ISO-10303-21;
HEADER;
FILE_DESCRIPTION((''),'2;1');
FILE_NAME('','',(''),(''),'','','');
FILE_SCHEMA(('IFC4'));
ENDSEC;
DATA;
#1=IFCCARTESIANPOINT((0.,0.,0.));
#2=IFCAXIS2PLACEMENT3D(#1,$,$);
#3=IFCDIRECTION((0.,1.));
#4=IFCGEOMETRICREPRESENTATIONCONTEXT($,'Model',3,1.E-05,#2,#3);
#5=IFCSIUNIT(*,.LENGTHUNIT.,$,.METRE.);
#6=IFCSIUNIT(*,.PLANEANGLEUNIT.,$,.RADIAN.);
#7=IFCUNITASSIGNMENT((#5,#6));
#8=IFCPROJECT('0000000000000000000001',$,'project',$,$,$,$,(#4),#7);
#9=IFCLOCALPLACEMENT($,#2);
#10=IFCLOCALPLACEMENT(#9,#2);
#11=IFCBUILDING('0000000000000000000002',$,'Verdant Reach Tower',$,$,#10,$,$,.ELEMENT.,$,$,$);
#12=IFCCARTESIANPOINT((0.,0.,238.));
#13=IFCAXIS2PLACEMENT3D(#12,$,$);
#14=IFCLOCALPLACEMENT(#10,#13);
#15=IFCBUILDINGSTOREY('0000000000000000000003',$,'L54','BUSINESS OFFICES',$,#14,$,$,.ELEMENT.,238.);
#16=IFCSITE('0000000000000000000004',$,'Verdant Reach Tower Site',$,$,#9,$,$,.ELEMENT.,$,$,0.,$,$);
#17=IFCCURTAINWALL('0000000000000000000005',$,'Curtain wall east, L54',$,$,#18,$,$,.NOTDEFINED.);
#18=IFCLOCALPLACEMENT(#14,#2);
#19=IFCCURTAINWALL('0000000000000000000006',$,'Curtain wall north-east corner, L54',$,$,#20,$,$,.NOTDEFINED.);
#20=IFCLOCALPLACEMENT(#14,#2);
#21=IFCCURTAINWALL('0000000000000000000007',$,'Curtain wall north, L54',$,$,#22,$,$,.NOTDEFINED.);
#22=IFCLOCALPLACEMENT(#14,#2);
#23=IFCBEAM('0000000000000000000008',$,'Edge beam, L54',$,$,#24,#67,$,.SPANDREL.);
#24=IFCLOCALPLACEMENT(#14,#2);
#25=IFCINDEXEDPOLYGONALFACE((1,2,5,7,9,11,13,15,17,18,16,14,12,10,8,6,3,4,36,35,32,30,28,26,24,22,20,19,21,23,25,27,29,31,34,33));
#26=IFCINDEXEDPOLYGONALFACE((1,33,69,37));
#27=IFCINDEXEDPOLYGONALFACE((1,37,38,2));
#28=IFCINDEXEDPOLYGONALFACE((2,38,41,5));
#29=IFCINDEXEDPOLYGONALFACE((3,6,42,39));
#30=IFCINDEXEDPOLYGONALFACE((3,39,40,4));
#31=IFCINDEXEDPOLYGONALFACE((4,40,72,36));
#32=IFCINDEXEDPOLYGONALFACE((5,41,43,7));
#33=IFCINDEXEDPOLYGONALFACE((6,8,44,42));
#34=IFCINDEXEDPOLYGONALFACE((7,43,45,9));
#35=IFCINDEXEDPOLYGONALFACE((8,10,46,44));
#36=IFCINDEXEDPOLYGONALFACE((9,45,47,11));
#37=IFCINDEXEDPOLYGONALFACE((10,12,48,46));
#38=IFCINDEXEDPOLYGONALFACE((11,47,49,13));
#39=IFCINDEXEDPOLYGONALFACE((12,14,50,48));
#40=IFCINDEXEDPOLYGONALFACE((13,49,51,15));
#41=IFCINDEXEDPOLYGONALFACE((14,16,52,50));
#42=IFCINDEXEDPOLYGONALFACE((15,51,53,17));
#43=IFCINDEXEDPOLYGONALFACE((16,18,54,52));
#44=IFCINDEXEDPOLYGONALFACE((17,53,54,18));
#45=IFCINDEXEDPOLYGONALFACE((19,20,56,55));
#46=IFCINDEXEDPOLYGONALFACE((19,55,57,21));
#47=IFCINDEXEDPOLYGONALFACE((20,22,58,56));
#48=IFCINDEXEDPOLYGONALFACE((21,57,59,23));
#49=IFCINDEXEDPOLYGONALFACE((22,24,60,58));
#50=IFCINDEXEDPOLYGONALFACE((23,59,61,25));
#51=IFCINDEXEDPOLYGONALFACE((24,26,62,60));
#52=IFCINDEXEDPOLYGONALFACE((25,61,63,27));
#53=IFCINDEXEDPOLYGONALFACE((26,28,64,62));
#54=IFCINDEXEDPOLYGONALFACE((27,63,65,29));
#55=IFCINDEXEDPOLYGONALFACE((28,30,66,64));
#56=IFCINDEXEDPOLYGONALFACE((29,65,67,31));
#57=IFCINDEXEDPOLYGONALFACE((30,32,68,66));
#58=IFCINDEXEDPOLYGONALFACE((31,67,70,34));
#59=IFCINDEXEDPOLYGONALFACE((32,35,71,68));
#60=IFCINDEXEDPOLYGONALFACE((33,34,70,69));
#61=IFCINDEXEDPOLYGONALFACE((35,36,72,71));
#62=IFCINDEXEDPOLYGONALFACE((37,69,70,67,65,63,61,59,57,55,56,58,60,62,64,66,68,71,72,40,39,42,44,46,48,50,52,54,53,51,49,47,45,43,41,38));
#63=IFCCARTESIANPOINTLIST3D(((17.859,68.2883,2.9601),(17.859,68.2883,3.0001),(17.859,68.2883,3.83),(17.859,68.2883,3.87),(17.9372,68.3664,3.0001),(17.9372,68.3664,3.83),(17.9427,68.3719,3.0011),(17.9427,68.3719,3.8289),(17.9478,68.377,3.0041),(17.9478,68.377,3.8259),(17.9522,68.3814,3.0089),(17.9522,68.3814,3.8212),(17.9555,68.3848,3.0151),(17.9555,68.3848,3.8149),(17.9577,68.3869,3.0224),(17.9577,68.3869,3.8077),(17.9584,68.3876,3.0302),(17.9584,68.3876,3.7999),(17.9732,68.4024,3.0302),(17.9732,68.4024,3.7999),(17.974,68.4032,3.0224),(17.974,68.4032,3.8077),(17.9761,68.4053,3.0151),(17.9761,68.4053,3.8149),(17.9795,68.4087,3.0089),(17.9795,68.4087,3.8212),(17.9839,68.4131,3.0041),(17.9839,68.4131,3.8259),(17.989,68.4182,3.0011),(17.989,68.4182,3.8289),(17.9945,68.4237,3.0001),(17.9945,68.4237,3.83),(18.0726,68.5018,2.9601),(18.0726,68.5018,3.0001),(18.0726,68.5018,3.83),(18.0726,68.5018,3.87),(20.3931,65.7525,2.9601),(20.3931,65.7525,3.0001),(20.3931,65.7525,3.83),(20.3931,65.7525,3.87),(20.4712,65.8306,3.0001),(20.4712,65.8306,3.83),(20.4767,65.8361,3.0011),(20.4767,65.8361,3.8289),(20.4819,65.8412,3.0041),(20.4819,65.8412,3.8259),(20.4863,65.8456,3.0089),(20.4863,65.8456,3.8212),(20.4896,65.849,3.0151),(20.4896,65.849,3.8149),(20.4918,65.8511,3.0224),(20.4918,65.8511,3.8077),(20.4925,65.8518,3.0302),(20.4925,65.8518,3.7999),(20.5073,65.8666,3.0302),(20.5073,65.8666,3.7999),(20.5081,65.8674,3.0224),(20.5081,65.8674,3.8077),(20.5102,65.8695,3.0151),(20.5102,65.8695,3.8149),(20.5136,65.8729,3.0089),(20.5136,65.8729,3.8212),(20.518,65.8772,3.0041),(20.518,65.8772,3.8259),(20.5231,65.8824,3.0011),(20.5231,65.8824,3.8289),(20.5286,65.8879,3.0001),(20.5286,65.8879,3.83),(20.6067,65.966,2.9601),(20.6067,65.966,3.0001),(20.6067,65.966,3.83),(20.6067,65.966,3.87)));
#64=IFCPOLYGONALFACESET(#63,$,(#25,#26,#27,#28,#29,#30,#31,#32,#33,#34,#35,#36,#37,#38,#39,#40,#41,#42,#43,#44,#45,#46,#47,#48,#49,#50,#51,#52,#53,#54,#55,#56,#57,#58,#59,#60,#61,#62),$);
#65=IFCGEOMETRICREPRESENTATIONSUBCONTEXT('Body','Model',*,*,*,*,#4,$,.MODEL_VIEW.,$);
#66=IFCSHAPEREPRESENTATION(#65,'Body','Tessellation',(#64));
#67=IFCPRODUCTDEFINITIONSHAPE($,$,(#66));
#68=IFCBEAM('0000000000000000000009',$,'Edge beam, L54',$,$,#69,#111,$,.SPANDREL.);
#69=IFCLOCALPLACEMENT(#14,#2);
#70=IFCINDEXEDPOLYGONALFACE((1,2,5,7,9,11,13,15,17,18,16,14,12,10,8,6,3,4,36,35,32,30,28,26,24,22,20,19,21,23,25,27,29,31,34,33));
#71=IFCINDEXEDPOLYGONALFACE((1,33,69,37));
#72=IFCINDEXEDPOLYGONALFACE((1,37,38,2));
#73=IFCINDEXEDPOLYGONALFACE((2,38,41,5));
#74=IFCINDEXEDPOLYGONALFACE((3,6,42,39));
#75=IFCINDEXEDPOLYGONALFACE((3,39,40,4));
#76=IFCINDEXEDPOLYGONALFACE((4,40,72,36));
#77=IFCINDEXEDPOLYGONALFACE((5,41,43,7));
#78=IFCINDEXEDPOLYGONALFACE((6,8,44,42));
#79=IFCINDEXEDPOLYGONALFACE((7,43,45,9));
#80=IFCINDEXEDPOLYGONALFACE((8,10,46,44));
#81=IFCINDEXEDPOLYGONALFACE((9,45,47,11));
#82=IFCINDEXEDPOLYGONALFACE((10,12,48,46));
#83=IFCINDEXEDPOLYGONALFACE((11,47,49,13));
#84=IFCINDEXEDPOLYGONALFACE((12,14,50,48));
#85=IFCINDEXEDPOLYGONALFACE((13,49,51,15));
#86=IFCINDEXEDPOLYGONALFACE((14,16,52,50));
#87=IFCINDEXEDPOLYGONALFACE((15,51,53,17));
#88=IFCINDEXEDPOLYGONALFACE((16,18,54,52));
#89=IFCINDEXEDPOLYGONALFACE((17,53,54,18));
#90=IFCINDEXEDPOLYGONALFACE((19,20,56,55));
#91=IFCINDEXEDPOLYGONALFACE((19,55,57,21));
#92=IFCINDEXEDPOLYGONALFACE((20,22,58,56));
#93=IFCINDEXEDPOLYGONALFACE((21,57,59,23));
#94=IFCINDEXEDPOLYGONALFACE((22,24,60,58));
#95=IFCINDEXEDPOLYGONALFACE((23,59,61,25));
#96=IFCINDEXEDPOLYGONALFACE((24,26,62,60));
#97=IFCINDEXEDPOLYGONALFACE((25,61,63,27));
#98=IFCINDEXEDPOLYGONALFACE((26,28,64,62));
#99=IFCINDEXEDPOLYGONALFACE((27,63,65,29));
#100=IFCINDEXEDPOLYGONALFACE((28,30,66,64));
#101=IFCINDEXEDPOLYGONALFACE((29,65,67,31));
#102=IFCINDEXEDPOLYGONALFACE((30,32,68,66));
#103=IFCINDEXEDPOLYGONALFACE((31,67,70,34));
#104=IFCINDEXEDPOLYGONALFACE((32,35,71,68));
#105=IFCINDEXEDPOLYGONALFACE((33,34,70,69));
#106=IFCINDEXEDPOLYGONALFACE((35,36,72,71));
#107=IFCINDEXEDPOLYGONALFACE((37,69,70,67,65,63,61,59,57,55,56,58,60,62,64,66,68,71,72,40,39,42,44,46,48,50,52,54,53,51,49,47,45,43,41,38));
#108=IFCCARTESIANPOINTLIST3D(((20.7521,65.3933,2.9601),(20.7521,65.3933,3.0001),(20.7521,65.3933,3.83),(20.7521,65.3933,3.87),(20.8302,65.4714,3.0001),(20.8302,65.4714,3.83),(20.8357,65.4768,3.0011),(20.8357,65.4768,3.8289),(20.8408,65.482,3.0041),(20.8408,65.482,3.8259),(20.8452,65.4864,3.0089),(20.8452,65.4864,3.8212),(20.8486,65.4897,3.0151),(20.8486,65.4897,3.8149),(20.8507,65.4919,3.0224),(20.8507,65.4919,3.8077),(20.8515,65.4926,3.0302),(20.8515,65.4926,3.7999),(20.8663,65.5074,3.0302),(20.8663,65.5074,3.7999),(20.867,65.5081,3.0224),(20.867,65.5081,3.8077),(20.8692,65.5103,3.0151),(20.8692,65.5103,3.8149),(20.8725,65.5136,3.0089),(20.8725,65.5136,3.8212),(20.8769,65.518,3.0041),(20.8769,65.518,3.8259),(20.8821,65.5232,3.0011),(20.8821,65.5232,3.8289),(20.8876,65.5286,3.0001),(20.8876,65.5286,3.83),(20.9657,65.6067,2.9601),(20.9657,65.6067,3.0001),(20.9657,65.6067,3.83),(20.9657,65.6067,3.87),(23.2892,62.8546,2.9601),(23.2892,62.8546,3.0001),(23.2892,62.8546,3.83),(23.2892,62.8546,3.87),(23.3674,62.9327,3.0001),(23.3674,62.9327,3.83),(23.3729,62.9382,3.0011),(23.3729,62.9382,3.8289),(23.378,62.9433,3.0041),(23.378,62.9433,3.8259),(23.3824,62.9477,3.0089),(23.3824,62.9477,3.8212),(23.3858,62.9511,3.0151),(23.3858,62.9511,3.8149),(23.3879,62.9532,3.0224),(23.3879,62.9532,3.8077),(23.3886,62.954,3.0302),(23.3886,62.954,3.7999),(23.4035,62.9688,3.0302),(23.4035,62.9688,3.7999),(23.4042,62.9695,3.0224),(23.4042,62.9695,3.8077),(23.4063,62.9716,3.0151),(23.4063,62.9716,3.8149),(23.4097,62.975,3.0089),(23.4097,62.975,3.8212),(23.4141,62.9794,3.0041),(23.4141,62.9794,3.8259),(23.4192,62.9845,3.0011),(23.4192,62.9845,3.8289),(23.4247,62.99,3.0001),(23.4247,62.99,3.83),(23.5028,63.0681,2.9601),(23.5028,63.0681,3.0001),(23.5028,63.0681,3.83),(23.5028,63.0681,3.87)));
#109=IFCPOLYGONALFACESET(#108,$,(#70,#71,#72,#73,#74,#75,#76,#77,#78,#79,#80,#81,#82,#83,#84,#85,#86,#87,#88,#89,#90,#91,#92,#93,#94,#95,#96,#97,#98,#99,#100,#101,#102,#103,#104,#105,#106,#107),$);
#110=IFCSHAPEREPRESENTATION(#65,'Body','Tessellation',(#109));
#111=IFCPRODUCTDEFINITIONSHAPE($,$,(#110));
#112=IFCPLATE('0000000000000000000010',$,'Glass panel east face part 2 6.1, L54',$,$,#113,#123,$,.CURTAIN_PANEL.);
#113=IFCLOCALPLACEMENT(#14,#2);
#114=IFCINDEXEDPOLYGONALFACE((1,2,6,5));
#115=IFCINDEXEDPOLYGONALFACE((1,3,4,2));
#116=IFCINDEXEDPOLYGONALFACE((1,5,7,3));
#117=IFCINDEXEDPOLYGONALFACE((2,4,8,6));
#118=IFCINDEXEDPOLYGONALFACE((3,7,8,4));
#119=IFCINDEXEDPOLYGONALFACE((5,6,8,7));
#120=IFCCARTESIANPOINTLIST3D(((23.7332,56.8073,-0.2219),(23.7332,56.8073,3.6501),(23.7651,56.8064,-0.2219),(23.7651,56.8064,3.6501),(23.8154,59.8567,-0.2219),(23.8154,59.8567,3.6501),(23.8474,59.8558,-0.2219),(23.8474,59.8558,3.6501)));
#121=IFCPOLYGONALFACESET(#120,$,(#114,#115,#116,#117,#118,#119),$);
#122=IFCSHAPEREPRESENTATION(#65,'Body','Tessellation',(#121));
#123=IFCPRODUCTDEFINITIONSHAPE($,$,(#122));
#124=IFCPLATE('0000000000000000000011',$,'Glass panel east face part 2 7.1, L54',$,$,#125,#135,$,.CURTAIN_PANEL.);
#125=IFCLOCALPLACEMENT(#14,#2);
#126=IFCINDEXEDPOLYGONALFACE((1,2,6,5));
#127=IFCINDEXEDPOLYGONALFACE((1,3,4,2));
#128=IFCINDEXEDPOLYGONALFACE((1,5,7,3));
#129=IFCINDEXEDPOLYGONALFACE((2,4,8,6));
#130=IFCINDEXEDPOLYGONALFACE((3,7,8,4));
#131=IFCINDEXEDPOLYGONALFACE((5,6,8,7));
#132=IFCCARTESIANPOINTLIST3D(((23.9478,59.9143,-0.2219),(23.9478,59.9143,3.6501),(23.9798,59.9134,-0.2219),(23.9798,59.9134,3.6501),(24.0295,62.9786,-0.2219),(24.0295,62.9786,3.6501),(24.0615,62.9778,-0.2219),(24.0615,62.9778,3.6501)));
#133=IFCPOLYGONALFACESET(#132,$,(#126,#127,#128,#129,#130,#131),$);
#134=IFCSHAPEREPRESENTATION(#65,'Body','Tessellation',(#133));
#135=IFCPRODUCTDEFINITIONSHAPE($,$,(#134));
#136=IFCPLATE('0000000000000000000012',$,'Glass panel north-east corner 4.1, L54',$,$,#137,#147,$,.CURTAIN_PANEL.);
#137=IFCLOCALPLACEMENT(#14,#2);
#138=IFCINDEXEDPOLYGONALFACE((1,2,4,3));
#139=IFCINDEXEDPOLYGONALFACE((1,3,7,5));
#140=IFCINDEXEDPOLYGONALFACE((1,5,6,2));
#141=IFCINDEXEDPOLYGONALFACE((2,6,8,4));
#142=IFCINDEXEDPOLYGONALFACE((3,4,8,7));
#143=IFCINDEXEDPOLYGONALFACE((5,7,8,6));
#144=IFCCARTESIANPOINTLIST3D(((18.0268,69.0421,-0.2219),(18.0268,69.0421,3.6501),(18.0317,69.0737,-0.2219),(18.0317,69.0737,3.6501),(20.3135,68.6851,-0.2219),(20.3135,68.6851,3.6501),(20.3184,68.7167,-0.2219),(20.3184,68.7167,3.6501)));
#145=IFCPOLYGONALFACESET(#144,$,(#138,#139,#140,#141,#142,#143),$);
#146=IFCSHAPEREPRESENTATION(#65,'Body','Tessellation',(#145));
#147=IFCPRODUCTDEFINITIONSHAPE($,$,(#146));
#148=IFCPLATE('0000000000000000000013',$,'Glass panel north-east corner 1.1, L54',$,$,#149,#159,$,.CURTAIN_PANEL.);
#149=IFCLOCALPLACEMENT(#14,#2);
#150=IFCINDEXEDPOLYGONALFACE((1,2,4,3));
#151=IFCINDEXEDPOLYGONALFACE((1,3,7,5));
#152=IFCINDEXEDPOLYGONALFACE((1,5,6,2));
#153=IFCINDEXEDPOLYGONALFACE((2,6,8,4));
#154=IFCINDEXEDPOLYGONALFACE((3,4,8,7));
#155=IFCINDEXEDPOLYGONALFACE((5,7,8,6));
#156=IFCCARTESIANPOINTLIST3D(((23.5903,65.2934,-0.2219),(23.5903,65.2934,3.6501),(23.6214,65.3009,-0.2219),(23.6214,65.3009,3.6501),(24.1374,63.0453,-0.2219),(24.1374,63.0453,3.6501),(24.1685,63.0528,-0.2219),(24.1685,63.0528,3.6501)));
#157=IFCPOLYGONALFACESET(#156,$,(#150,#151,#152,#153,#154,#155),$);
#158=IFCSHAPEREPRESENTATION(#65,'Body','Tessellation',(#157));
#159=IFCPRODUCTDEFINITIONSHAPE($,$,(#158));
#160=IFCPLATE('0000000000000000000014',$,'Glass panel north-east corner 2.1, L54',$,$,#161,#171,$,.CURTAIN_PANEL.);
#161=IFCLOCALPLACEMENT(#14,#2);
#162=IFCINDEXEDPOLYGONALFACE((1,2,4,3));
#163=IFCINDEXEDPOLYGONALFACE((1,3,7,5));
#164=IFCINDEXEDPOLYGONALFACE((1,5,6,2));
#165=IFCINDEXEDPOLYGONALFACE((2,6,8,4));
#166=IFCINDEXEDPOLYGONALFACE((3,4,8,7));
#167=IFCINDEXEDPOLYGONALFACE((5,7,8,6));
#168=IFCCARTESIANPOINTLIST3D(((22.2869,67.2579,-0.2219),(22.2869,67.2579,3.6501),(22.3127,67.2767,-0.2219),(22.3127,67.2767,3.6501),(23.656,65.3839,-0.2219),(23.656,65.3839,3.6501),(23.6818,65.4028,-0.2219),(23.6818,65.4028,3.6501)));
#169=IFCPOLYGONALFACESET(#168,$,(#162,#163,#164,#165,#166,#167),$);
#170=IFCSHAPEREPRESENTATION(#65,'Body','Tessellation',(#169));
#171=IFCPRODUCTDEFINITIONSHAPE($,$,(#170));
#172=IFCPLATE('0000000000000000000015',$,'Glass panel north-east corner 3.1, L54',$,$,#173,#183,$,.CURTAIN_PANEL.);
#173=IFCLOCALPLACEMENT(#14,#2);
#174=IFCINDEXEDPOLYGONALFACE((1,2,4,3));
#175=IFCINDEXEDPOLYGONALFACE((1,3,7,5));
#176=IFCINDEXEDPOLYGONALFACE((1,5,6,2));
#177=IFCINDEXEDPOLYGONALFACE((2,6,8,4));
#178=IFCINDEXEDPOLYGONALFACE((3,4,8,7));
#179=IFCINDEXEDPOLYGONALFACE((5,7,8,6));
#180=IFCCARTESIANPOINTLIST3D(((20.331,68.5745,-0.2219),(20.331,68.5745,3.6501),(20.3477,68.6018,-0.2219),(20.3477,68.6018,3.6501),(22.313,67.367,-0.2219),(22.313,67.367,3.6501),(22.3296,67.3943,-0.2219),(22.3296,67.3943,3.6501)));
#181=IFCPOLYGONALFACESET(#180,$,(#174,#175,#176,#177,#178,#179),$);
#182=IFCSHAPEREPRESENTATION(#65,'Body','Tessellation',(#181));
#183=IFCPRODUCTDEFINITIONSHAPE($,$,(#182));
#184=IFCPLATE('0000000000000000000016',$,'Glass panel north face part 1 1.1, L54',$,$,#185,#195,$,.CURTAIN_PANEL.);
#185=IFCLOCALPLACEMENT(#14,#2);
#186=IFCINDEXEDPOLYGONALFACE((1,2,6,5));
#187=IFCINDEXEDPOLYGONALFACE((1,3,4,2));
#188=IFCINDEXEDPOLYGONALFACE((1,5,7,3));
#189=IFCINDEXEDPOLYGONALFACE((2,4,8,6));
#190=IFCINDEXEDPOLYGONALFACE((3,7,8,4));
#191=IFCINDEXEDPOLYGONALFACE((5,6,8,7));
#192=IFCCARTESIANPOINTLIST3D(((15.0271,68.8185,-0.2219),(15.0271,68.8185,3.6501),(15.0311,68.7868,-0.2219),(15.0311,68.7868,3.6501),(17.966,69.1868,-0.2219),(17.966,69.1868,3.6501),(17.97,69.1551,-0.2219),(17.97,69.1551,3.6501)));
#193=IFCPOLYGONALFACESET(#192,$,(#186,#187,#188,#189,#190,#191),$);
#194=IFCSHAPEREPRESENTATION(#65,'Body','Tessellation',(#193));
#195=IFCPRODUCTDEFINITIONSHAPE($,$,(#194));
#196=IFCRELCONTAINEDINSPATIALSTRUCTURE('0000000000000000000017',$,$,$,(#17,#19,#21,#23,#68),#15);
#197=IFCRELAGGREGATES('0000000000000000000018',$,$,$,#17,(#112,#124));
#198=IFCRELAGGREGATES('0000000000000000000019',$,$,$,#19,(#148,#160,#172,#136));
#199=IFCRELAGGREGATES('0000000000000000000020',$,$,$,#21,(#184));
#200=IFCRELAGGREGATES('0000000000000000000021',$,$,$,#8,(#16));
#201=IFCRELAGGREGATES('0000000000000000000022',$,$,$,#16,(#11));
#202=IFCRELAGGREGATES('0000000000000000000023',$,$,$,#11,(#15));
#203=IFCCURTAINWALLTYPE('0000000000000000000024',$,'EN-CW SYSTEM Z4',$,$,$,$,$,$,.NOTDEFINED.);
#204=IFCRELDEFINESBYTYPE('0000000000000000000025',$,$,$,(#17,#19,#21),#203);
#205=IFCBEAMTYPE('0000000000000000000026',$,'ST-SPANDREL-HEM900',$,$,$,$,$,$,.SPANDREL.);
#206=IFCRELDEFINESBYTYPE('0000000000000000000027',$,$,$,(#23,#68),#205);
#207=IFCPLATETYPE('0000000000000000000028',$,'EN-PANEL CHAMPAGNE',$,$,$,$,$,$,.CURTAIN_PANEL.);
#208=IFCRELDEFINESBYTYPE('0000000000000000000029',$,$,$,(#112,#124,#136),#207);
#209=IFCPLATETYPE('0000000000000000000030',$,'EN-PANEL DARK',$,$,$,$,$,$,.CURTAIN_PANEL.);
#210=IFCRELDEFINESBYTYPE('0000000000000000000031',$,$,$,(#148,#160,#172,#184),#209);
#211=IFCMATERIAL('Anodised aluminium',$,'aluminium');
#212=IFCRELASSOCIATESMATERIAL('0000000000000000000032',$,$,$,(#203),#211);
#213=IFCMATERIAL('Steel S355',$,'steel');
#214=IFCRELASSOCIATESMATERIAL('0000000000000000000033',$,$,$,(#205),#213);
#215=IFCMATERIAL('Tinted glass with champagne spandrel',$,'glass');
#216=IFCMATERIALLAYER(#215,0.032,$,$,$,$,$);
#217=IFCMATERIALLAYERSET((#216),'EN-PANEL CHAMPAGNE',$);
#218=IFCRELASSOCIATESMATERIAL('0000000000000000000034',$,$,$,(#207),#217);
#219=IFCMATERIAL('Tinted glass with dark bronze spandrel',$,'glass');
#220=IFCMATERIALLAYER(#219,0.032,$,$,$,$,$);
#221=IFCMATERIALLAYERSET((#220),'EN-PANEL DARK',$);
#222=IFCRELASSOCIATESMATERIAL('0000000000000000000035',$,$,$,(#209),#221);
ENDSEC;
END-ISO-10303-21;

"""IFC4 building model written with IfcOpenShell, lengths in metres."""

from ifc_helpers import new_model, si_unit, direction, frame, origin, origin_2d, place, context, subcontext, project, spatial, rectangle, i_section, extrude, material, layer, layer_set, material_profile, profile_set, type_object, element, aggregate, save


model = new_model("IFC4")

# Units and contexts
model_context = context("Model", 3, precision=1e-05, world=origin(), true_north=direction((0.0, 1.0)))
body_context = subcontext(model_context, "Body", "Model", "MODEL_VIEW")
ifc_project = project(units=[si_unit("LENGTHUNIT", "METRE"), si_unit("PLANEANGLEUNIT", "RADIAN")], contexts=[model_context])

# Site, building, storey
site_placement = place(None, origin())
site = spatial("IfcSite", under=ifc_project, at=site_placement, Name="Verdant Reach Tower Site", CompositionType="ELEMENT", RefElevation=0.0)
building_placement = place(site_placement, origin())
building = spatial("IfcBuilding", under=site, at=building_placement, Name="Verdant Reach Tower", CompositionType="ELEMENT")
storey_placement = place(building_placement, frame((0.0, 0.0, 238.0)))
storey = spatial("IfcBuildingStorey", under=building, at=storey_placement, Name="L54", Description="BUSINESS OFFICES", CompositionType="ELEMENT", Elevation=238.0)

# Curtain walls
ifc_material_1 = material(Name="Anodised aluminium", Category="aluminium")
curtain_wall_type = type_object("IfcCurtainWallType", Name="EN-CW SYSTEM Z4", PredefinedType="NOTDEFINED", material=ifc_material_1)
curtain_wall_1_placement = place(storey_placement, origin())
curtain_wall_1 = element("IfcCurtainWall", 1, at=curtain_wall_1_placement, inside=storey, type_object=curtain_wall_type, Name="Curtain wall east, L54", PredefinedType="NOTDEFINED")
curtain_wall_2_placement = place(storey_placement, origin())
curtain_wall_2 = element("IfcCurtainWall", 2, at=curtain_wall_2_placement, inside=storey, type_object=curtain_wall_type, Name="Curtain wall north-east corner, L54", PredefinedType="NOTDEFINED")
curtain_wall_3_placement = place(storey_placement, origin())
curtain_wall_3 = element("IfcCurtainWall", 3, at=curtain_wall_3_placement, inside=storey, type_object=curtain_wall_type, Name="Curtain wall north, L54", PredefinedType="NOTDEFINED")

# Beams
ifc_material_2 = material(Name="Steel S355", Category="steel")
ifc_material_profile_1 = material_profile(ifc_material_2, i_section(OverallWidth=0.302, OverallDepth=0.9099, WebThickness=0.021, FlangeThickness=0.04, FilletRadius=0.03, at=origin_2d()), Name="HEM 900")
ifc_profile_set_1 = profile_set([ifc_material_profile_1], Name="Steel S355")
beam_type_1 = type_object("IfcBeamType", Name="ST-SPANDREL-HEM900", PredefinedType="SPANDREL", material=ifc_profile_set_1)
beam_1_placement = place(storey_placement, frame((17.9658, 68.395, 3.415), z_axis=(0.706868, -0.707345, 0.0), x_axis=(0.707345, 0.706868, 0.0)))
element("IfcBeam", 4, at=beam_1_placement, inside=storey, type_object=beam_type_1, Name="Edge beam, L54", PredefinedType="SPANDREL", context=body_context, shape_type="SweptSolid", body=[
    extrude(i_section(OverallWidth=0.302, OverallDepth=0.9099, WebThickness=0.021, FlangeThickness=0.04, FilletRadius=0.03, at=origin_2d()), origin(), (0.0, 0.0, 1.0), 3.585),
])
beam_2_placement = place(storey_placement, frame((20.8589, 65.5, 3.415), z_axis=(0.706903, -0.707311, 0.0), x_axis=(0.707311, 0.706903, 0.0)))
element("IfcBeam", 5, at=beam_2_placement, inside=storey, type_object=beam_type_1, Name="Edge beam, L54", PredefinedType="SPANDREL", context=body_context, shape_type="SweptSolid", body=[
    extrude(i_section(OverallWidth=0.302, OverallDepth=0.9099, WebThickness=0.021, FlangeThickness=0.04, FilletRadius=0.03, at=origin_2d()), origin(), (0.0, 0.0, 1.0), 3.5891),
])

# Plates
ifc_material_3 = material(Name="Tinted glass with champagne spandrel", Category="glass")
ifc_layer_1 = layer(ifc_material_3, 0.032)
ifc_layer_set_1 = layer_set([ifc_layer_1], Name="EN-PANEL CHAMPAGNE")
plate_type_1 = type_object("IfcPlateType", Name="EN-PANEL CHAMPAGNE", PredefinedType="CURTAIN_PANEL", material=ifc_layer_set_1)
plate_1_placement = place(storey_placement, frame((23.7903, 58.3315, -0.2219), z_axis=(0.0, 0.0, 1.0), x_axis=(0.026965, 0.999636, 0.0)))
plate_1 = element("IfcPlate", 6, at=plate_1_placement, type_object=plate_type_1, Name="Glass panel east face part 2 6.1, L54", PredefinedType="CURTAIN_PANEL", context=body_context, shape_type="SweptSolid", body=[
    extrude(rectangle(XDim=3.0505, YDim=0.032, at=origin_2d()), origin(), (0.0, 0.0, 1.0), 3.8721),
])
plate_2_placement = place(storey_placement, frame((24.0046, 61.446, -0.2219), z_axis=(0.0, 0.0, 1.0), x_axis=(0.026651, 0.999645, 0.0)))
plate_2 = element("IfcPlate", 7, at=plate_2_placement, type_object=plate_type_1, Name="Glass panel east face part 2 7.1, L54", PredefinedType="CURTAIN_PANEL", context=body_context, shape_type="SweptSolid", body=[
    extrude(rectangle(XDim=3.0654, YDim=0.032, at=origin_2d()), origin(), (0.0, 0.0, 1.0), 3.8721),
])
aggregate(curtain_wall_1, [plate_1, plate_2])
plate_3_placement = place(storey_placement, frame((19.1726, 68.8794, -0.2219), z_axis=(0.0, 0.0, 1.0), x_axis=(-0.988027, 0.154279, 0.0)))
plate_3 = element("IfcPlate", 8, at=plate_3_placement, type_object=plate_type_1, Name="Glass panel north-east corner 4.1, L54", PredefinedType="CURTAIN_PANEL", context=body_context, shape_type="SweptSolid", body=[
    extrude(rectangle(XDim=2.3145, YDim=0.032, at=origin_2d()), origin(), (0.0, 0.0, 1.0), 3.8721),
])
ifc_material_4 = material(Name="Tinted glass with dark bronze spandrel", Category="glass")
ifc_layer_2 = layer(ifc_material_4, 0.032)
ifc_layer_set_2 = layer_set([ifc_layer_2], Name="EN-PANEL DARK")
plate_type_2 = type_object("IfcPlateType", Name="EN-PANEL DARK", PredefinedType="CURTAIN_PANEL", material=ifc_layer_set_2)
plate_4_placement = place(storey_placement, frame((23.8794, 64.1731, -0.2219), z_axis=(0.0, 0.0, 1.0), x_axis=(-0.236459, 0.971642, 0.0)))
plate_4 = element("IfcPlate", 9, at=plate_4_placement, type_object=plate_type_2, Name="Glass panel north-east corner 1.1, L54", PredefinedType="CURTAIN_PANEL", context=body_context, shape_type="SweptSolid", body=[
    extrude(rectangle(XDim=2.3137, YDim=0.032, at=origin_2d()), origin(), (0.0, 0.0, 1.0), 3.8721),
])
plate_5_placement = place(storey_placement, frame((22.9844, 66.3303, -0.2219), z_axis=(0.0, 0.0, 1.0), x_axis=(-0.589927, 0.807457, 0.0)))
plate_5 = element("IfcPlate", 10, at=plate_5_placement, type_object=plate_type_2, Name="Glass panel north-east corner 2.1, L54", PredefinedType="CURTAIN_PANEL", context=body_context, shape_type="SweptSolid", body=[
    extrude(rectangle(XDim=2.3208, YDim=0.032, at=origin_2d()), origin(), (0.0, 0.0, 1.0), 3.8721),
])
plate_6_placement = place(storey_placement, frame((21.3303, 67.9844, -0.2219), z_axis=(0.0, 0.0, 1.0), x_axis=(-0.853989, 0.520292, 0.0)))
plate_6 = element("IfcPlate", 11, at=plate_6_placement, type_object=plate_type_2, Name="Glass panel north-east corner 3.1, L54", PredefinedType="CURTAIN_PANEL", context=body_context, shape_type="SweptSolid", body=[
    extrude(rectangle(XDim=2.3208, YDim=0.032, at=origin_2d()), origin(), (0.0, 0.0, 1.0), 3.8721),
])
aggregate(curtain_wall_2, [plate_4, plate_5, plate_6, plate_3])
plate_7_placement = place(storey_placement, frame((16.4985, 68.9868, -0.2219), z_axis=(0.0, 0.0, 1.0), x_axis=(-0.992239, -0.124346, 0.0)))
plate_7 = element("IfcPlate", 12, at=plate_7_placement, type_object=plate_type_2, Name="Glass panel north face part 1 1.1, L54", PredefinedType="CURTAIN_PANEL", context=body_context, shape_type="SweptSolid", body=[
    extrude(rectangle(XDim=2.9619, YDim=0.032, at=origin_2d()), origin(), (0.0, 0.0, 1.0), 3.8721),
])
aggregate(curtain_wall_3, [plate_7])

save(model, "model.ifc")
